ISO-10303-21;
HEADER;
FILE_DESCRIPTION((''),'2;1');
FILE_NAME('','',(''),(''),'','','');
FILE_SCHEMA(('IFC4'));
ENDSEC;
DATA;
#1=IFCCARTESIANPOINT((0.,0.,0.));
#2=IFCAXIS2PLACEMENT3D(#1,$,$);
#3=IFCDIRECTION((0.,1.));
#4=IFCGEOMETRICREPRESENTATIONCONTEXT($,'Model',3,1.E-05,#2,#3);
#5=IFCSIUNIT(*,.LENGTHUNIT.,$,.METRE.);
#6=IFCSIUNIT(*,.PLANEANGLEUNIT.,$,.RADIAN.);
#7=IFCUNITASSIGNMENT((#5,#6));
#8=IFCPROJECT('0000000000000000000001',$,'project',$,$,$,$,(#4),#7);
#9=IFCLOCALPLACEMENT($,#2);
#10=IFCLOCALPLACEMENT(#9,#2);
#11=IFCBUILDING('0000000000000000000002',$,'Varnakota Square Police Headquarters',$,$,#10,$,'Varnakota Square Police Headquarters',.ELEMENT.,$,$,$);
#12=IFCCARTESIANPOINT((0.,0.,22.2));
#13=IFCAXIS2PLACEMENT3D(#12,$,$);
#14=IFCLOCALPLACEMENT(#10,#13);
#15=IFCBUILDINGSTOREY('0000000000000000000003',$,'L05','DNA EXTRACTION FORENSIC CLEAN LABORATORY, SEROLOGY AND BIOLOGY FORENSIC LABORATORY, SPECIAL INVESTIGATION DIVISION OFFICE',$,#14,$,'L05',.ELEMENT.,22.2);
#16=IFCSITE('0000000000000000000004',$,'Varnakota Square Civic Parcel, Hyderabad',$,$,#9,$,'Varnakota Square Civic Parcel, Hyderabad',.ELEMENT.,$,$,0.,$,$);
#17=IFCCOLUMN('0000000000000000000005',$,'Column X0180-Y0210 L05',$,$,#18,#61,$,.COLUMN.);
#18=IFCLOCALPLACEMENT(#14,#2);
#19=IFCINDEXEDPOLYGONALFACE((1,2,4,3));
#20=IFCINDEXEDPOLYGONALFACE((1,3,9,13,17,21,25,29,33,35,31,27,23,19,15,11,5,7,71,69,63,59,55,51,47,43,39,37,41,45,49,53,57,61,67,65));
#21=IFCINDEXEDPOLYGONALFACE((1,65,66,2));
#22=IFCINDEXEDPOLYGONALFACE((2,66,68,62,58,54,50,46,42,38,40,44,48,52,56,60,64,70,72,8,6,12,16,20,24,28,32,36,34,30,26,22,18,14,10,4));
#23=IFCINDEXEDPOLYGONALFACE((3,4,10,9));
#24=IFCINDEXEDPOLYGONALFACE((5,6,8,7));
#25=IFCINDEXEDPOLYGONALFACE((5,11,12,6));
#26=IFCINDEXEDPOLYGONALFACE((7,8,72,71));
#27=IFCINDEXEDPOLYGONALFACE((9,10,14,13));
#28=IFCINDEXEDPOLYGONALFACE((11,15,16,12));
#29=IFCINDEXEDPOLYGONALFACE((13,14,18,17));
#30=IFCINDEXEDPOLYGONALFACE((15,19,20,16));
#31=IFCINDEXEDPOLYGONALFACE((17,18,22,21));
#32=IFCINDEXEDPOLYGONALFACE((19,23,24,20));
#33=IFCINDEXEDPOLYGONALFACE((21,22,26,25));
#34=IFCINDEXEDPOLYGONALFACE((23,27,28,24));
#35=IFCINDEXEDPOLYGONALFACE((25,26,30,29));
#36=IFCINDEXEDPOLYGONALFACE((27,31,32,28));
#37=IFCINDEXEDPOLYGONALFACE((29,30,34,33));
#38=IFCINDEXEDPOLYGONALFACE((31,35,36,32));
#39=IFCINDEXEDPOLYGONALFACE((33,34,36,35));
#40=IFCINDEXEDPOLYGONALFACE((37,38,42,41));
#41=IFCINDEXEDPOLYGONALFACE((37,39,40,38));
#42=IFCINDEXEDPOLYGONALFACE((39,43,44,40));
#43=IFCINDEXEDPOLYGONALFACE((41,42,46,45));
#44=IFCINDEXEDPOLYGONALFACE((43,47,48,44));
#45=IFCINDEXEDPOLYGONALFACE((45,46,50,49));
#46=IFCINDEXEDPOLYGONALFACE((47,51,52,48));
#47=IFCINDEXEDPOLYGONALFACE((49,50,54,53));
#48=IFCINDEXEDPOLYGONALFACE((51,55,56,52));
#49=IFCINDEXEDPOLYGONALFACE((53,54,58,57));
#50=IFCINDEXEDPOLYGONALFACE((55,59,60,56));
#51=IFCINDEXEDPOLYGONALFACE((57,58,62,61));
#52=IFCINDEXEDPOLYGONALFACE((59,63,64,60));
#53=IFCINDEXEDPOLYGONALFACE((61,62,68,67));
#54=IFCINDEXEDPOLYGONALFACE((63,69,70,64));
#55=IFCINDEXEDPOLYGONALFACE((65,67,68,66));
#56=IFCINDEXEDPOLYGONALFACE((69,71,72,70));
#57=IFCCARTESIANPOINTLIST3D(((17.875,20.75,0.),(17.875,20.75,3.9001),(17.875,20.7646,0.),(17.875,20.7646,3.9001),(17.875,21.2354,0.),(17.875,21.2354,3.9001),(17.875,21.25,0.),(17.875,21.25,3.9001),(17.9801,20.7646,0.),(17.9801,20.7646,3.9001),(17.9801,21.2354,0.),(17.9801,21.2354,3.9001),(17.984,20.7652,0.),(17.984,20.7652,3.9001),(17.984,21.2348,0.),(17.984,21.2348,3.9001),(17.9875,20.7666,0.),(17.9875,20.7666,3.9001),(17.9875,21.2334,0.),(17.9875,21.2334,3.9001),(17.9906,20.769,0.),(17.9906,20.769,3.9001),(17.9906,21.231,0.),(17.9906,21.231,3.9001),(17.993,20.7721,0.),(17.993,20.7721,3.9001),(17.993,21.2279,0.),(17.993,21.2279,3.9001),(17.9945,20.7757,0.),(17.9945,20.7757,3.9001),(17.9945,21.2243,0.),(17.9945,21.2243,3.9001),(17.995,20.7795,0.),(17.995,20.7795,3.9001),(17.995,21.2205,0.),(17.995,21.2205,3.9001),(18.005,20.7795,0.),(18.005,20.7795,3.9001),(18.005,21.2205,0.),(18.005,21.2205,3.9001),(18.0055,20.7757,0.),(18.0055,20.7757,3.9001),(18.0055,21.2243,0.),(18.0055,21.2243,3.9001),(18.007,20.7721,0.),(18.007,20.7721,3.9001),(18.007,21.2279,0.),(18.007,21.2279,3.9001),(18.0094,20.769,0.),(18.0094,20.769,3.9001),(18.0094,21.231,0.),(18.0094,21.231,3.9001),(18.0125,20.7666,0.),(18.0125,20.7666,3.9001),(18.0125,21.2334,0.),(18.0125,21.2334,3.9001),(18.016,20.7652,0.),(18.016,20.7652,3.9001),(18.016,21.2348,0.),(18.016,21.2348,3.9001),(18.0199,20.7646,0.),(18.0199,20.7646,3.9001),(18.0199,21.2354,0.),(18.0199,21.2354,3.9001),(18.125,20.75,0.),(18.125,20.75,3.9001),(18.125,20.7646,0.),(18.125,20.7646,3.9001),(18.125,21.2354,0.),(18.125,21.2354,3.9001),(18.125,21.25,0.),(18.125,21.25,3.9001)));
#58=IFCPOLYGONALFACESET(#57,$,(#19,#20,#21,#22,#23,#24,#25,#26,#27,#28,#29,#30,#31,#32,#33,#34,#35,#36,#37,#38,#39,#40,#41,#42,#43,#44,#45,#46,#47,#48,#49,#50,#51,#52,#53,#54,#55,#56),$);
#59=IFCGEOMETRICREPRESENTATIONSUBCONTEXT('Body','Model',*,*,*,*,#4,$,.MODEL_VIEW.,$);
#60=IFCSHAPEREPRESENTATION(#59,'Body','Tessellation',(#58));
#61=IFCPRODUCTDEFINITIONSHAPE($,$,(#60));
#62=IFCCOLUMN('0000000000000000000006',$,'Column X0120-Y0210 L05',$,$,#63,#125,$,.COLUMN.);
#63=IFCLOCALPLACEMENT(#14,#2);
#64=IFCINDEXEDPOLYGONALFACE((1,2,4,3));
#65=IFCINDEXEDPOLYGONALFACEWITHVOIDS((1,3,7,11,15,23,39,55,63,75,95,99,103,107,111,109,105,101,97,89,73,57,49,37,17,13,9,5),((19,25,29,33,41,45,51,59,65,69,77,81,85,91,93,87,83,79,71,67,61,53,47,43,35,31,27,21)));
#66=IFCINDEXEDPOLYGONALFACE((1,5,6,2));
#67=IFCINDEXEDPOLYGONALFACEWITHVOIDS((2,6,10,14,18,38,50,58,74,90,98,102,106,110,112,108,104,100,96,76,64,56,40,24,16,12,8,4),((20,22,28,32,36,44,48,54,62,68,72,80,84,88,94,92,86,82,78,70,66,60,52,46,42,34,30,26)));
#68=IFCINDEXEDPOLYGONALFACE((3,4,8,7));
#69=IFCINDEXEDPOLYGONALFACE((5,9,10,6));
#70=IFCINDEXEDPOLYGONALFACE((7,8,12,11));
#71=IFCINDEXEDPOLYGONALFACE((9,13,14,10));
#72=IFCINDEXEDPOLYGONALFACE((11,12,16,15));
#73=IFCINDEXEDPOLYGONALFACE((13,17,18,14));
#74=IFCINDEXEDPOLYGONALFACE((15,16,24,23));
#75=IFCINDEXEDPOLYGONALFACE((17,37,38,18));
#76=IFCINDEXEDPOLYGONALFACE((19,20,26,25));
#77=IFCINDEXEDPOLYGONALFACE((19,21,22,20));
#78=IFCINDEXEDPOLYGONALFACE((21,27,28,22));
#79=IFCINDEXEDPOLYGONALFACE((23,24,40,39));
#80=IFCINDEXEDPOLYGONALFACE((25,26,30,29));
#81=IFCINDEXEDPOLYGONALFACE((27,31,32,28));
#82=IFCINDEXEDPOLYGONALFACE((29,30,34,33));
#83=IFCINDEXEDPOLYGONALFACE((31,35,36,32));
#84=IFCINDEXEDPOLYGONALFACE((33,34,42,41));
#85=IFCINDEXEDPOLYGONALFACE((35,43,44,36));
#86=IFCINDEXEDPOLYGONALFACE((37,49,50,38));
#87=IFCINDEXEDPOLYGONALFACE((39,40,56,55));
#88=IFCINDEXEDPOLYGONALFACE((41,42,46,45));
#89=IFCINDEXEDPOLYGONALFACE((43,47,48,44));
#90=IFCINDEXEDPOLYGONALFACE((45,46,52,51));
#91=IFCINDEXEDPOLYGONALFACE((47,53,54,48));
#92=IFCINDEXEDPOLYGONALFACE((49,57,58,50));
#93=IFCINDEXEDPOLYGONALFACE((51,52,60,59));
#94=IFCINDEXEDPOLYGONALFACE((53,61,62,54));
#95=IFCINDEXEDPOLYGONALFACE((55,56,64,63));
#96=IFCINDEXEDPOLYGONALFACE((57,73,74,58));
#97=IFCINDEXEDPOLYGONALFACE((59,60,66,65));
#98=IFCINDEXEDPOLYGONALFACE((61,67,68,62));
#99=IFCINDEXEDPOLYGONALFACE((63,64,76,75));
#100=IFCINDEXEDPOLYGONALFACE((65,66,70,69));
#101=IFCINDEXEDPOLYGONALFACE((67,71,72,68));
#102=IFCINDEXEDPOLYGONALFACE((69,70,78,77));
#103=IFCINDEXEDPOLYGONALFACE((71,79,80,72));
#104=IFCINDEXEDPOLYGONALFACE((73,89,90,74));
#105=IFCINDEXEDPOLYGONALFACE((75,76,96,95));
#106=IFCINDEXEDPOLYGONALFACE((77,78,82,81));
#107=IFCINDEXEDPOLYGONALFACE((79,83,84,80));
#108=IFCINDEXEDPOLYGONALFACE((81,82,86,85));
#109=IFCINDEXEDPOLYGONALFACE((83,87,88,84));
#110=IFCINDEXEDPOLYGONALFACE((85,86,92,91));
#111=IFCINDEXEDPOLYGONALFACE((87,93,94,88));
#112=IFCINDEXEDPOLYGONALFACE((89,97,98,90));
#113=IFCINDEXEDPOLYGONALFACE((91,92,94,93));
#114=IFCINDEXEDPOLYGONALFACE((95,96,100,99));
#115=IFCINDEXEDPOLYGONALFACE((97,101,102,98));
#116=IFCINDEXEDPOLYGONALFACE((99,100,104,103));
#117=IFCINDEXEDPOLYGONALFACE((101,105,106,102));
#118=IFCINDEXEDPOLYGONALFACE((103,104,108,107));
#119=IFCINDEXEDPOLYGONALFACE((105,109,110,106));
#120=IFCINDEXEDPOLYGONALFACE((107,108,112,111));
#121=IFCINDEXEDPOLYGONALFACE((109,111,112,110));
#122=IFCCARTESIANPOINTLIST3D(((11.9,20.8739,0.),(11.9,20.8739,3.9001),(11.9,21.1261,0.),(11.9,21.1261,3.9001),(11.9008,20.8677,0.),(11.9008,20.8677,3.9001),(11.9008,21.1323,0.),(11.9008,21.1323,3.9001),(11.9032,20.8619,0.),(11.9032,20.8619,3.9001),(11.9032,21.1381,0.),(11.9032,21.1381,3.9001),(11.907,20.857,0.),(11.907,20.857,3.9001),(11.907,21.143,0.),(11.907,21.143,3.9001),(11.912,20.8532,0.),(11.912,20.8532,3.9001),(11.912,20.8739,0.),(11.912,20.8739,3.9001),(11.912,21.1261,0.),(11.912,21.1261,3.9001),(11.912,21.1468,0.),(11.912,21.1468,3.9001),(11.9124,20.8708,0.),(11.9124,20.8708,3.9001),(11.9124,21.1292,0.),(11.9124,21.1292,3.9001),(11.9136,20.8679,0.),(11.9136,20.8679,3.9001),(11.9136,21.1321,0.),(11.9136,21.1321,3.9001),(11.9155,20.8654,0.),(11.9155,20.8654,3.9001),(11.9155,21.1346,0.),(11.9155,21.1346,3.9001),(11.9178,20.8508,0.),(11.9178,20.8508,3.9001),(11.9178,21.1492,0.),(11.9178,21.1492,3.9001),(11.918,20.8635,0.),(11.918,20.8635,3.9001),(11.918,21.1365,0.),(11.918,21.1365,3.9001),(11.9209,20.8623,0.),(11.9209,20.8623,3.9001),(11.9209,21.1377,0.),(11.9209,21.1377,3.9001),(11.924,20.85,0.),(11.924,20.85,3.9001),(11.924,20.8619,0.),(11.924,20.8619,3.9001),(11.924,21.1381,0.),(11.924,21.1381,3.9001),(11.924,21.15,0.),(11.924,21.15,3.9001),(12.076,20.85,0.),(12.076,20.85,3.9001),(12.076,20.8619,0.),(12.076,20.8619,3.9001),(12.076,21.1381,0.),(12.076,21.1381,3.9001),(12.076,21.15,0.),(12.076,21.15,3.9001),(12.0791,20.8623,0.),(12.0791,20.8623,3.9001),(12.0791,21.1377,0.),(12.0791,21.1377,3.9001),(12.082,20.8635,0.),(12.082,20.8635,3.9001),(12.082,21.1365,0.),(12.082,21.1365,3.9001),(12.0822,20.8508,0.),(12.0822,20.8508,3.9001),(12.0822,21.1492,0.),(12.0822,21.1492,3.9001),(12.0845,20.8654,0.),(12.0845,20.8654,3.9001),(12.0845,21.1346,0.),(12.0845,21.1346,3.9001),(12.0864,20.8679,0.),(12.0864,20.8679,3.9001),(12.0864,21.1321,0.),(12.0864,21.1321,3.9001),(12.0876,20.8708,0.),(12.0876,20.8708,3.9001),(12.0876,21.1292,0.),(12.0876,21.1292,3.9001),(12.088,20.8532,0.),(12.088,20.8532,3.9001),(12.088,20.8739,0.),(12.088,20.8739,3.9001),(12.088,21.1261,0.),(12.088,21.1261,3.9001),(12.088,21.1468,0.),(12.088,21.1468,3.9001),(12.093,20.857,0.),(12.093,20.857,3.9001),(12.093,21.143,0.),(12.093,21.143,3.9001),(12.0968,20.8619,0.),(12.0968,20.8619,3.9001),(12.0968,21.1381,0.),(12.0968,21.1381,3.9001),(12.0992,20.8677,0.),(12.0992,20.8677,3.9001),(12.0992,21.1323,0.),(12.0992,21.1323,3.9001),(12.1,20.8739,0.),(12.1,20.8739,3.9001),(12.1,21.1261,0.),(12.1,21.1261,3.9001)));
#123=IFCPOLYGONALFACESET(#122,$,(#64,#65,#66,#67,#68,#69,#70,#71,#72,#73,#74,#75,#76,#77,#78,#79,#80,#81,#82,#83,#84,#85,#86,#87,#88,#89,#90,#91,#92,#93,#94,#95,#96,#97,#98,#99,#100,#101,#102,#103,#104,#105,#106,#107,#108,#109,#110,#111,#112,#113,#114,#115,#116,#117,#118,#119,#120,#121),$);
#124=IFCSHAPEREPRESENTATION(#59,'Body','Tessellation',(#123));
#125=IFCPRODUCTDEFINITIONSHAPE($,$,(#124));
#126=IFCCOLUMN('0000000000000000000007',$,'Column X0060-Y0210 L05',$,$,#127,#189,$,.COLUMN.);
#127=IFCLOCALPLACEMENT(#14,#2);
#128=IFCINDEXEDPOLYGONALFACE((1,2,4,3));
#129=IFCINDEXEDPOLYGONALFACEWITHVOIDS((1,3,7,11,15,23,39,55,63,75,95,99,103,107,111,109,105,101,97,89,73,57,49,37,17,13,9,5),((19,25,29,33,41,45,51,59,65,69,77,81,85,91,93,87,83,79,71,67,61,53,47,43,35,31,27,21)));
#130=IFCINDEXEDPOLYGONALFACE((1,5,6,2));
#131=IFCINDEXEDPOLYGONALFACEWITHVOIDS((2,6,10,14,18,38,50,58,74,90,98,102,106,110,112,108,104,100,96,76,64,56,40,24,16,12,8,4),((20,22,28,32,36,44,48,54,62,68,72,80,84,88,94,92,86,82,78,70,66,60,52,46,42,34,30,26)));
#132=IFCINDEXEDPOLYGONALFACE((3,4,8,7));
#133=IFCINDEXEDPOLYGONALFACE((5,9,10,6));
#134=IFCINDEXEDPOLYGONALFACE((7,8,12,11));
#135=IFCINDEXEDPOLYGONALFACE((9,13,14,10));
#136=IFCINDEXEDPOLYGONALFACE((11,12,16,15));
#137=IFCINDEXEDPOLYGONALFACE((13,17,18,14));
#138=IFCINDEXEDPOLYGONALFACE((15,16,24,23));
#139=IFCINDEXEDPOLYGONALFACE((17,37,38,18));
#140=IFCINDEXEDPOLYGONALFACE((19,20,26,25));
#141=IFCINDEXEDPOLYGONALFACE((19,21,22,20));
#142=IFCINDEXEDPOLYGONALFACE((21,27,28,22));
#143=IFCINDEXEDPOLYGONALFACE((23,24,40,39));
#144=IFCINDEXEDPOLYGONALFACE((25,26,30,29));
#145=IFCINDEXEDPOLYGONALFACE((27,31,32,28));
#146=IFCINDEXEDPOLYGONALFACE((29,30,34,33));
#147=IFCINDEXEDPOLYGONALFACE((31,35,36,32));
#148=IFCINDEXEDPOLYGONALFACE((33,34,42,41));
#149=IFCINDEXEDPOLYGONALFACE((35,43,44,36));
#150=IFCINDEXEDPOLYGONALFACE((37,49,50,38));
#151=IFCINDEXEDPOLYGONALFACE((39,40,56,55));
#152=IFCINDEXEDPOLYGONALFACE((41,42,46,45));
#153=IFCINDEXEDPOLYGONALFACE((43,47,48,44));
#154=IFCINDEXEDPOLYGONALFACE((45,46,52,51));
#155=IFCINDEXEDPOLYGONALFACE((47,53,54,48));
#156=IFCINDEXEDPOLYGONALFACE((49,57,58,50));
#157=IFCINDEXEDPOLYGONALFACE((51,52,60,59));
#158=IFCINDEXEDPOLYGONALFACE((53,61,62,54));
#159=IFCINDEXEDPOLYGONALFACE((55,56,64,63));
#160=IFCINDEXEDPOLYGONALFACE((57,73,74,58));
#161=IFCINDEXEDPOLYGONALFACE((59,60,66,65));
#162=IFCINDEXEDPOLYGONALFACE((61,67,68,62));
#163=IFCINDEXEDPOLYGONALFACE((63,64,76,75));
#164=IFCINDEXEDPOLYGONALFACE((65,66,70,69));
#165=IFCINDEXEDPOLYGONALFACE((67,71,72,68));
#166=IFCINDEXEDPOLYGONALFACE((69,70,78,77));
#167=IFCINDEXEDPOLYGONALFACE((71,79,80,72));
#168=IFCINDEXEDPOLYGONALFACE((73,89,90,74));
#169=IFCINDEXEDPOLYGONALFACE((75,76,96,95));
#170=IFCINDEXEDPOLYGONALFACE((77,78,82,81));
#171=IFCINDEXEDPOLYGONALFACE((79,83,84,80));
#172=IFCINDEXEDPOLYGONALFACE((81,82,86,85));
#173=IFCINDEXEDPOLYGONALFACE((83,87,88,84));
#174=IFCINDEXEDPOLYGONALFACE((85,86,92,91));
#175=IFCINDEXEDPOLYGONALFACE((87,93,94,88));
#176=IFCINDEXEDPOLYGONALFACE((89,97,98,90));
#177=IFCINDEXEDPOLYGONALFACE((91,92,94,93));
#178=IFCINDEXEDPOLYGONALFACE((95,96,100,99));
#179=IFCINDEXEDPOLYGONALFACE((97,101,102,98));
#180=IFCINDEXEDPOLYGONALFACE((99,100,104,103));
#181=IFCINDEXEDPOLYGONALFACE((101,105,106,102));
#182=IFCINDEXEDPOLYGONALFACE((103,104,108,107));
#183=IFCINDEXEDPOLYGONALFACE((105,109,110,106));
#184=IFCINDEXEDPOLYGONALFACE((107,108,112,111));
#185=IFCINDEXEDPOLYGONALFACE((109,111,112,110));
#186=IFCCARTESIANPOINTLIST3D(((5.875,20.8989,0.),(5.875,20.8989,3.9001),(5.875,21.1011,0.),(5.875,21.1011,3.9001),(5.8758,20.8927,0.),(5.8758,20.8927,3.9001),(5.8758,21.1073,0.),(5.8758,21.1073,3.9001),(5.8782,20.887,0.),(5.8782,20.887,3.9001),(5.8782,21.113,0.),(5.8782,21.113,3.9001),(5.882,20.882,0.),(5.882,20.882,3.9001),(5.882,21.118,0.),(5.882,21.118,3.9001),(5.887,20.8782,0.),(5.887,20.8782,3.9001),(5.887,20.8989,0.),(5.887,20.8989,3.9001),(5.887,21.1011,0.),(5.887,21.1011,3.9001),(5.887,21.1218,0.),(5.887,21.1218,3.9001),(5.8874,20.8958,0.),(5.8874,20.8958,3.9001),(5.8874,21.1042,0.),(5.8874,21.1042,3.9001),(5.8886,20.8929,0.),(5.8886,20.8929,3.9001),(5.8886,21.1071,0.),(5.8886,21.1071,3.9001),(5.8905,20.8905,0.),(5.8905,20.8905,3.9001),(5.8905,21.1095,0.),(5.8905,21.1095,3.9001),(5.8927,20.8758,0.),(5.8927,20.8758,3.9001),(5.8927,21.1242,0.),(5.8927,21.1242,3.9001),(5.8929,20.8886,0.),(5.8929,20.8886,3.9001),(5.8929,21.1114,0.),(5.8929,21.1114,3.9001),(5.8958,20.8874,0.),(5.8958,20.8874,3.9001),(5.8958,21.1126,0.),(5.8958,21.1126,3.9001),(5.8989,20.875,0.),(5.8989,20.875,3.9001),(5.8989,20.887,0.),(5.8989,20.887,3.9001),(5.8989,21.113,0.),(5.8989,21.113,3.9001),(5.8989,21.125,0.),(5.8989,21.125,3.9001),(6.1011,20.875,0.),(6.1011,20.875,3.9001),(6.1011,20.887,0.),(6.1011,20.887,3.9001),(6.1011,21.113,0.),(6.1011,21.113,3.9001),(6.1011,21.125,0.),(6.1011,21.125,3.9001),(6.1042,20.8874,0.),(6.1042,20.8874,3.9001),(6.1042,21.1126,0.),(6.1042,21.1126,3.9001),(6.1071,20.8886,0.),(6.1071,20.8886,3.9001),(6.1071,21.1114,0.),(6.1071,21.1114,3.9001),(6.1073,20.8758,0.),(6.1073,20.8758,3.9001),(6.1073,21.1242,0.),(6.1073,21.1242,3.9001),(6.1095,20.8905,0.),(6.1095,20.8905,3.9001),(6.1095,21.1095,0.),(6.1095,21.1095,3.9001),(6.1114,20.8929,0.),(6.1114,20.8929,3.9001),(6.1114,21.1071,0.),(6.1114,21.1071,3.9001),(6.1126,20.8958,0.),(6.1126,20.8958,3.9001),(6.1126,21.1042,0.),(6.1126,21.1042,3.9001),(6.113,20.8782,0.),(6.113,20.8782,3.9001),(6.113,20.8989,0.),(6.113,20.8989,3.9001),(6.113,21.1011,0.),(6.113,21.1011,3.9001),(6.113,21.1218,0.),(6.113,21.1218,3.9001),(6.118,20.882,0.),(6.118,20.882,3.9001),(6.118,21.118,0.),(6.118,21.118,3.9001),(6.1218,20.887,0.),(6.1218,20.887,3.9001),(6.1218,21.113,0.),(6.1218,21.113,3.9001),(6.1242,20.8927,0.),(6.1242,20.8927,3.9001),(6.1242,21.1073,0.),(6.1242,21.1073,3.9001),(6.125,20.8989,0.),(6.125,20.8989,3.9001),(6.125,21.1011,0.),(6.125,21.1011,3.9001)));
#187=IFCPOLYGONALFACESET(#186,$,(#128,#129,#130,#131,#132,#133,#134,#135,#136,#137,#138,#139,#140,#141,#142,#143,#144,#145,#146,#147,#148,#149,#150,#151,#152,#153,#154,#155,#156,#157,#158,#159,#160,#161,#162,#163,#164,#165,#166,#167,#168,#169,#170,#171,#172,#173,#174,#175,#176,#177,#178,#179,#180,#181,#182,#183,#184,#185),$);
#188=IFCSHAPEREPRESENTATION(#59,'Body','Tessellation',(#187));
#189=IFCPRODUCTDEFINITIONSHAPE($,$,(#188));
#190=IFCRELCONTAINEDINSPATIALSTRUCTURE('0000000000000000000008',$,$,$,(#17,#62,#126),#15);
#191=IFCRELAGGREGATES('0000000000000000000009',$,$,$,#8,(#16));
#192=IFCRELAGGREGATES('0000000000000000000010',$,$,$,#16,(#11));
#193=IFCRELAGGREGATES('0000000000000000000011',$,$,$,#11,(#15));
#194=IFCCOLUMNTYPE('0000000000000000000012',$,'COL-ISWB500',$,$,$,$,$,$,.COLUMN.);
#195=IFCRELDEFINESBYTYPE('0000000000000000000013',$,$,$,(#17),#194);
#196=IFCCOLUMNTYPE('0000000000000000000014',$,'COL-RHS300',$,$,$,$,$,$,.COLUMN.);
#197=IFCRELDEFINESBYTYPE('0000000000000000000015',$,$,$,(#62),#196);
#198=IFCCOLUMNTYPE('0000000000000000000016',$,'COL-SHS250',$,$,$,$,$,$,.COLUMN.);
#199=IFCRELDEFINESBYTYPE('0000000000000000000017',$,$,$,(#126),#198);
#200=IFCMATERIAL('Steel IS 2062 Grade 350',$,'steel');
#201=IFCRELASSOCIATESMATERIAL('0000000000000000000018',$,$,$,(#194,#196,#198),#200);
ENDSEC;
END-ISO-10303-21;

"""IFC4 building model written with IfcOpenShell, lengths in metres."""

from ifc_helpers import new_model, si_unit, direction, frame, origin, origin_2d, place, context, subcontext, project, spatial, hollow_rectangle, i_section, extrude, material, material_profile, profile_set, type_object, element, save


model = new_model("IFC4")

# Units and contexts
model_context = context("Model", 3, precision=1e-05, world=origin(), true_north=direction((0.0, 1.0)))
body_context = subcontext(model_context, "Body", "Model", "MODEL_VIEW")
ifc_project = project(units=[si_unit("LENGTHUNIT", "METRE"), si_unit("PLANEANGLEUNIT", "RADIAN")], contexts=[model_context])

# Site, building, storey
site_placement = place(None, origin())
site = spatial("IfcSite", under=ifc_project, at=site_placement, Name="Varnakota Square Civic Parcel, Hyderabad", LongName="Varnakota Square Civic Parcel, Hyderabad", CompositionType="ELEMENT", RefElevation=0.0)
building_placement = place(site_placement, origin())
building = spatial("IfcBuilding", under=site, at=building_placement, Name="Varnakota Square Police Headquarters", LongName="Varnakota Square Police Headquarters", CompositionType="ELEMENT")
storey_placement = place(building_placement, frame((0.0, 0.0, 22.2)))
storey = spatial("IfcBuildingStorey", under=building, at=storey_placement, Name="L05", Description="DNA EXTRACTION FORENSIC CLEAN LABORATORY, SEROLOGY AND BIOLOGY FORENSIC LABORATORY, SPECIAL INVESTIGATION DIVISION OFFICE", LongName="L05", CompositionType="ELEMENT", Elevation=22.2)

# Columns
ifc_material_1 = material(Name="Steel IS 2062 Grade 350", Category="steel")
ifc_material_profile_1 = material_profile(ifc_material_1, i_section(OverallWidth=0.25, OverallDepth=0.5, WebThickness=0.01, FlangeThickness=0.0146, FilletRadius=0.0149, at=origin_2d()), Name="ISWB 500")
ifc_profile_set_1 = profile_set([ifc_material_profile_1], Name="Steel IS 2062 Grade 350")
column_type_1 = type_object("IfcColumnType", Name="COL-ISWB500", PredefinedType="COLUMN", material=ifc_profile_set_1)
column_1_placement = place(storey_placement, frame((18.0, 21.0, 0.0), z_axis=(0.0, 0.0, 1.0), x_axis=(1.0, 0.0, 0.0)))
element("IfcColumn", 1, at=column_1_placement, inside=storey, type_object=column_type_1, Name="Column X0180-Y0210 L05", PredefinedType="COLUMN", context=body_context, shape_type="SweptSolid", body=[
    extrude(i_section(OverallWidth=0.25, OverallDepth=0.5, WebThickness=0.01, FlangeThickness=0.0146, FilletRadius=0.0149, at=origin_2d()), origin(), (0.0, 0.0, 1.0), 3.9001),
])
ifc_material_profile_2 = material_profile(ifc_material_1, hollow_rectangle(XDim=0.2, YDim=0.3, WallThickness=0.012, InnerFilletRadius=0.012, OuterFilletRadius=0.0239, at=origin_2d()), Name="RHS 300x200x12")
ifc_profile_set_2 = profile_set([ifc_material_profile_2], Name="Steel IS 2062 Grade 350")
column_type_2 = type_object("IfcColumnType", Name="COL-RHS300", PredefinedType="COLUMN", material=ifc_profile_set_2)
column_2_placement = place(storey_placement, frame((12.0, 21.0, 0.0), z_axis=(0.0, 0.0, 1.0), x_axis=(1.0, 0.0, 0.0)))
element("IfcColumn", 2, at=column_2_placement, inside=storey, type_object=column_type_2, Name="Column X0120-Y0210 L05", PredefinedType="COLUMN", context=body_context, shape_type="SweptSolid", body=[
    extrude(hollow_rectangle(XDim=0.2, YDim=0.3, WallThickness=0.012, InnerFilletRadius=0.012, OuterFilletRadius=0.0239, at=origin_2d()), origin(), (0.0, 0.0, 1.0), 3.9001),
])
ifc_material_profile_3 = material_profile(ifc_material_1, hollow_rectangle(XDim=0.25, YDim=0.25, WallThickness=0.012, InnerFilletRadius=0.012, OuterFilletRadius=0.0239, at=origin_2d()), Name="SHS 250x250x12")
ifc_profile_set_3 = profile_set([ifc_material_profile_3], Name="Steel IS 2062 Grade 350")
column_type_3 = type_object("IfcColumnType", Name="COL-SHS250", PredefinedType="COLUMN", material=ifc_profile_set_3)
column_3_placement = place(storey_placement, frame((6.0, 21.0, 0.0), z_axis=(0.0, 0.0, 1.0), x_axis=(1.0, 0.0, 0.0)))
element("IfcColumn", 3, at=column_3_placement, inside=storey, type_object=column_type_3, Name="Column X0060-Y0210 L05", PredefinedType="COLUMN", context=body_context, shape_type="SweptSolid", body=[
    extrude(hollow_rectangle(XDim=0.25, YDim=0.25, WallThickness=0.012, InnerFilletRadius=0.012, OuterFilletRadius=0.0239, at=origin_2d()), origin(), (0.0, 0.0, 1.0), 3.9001),
])

save(model, "model.ifc")
